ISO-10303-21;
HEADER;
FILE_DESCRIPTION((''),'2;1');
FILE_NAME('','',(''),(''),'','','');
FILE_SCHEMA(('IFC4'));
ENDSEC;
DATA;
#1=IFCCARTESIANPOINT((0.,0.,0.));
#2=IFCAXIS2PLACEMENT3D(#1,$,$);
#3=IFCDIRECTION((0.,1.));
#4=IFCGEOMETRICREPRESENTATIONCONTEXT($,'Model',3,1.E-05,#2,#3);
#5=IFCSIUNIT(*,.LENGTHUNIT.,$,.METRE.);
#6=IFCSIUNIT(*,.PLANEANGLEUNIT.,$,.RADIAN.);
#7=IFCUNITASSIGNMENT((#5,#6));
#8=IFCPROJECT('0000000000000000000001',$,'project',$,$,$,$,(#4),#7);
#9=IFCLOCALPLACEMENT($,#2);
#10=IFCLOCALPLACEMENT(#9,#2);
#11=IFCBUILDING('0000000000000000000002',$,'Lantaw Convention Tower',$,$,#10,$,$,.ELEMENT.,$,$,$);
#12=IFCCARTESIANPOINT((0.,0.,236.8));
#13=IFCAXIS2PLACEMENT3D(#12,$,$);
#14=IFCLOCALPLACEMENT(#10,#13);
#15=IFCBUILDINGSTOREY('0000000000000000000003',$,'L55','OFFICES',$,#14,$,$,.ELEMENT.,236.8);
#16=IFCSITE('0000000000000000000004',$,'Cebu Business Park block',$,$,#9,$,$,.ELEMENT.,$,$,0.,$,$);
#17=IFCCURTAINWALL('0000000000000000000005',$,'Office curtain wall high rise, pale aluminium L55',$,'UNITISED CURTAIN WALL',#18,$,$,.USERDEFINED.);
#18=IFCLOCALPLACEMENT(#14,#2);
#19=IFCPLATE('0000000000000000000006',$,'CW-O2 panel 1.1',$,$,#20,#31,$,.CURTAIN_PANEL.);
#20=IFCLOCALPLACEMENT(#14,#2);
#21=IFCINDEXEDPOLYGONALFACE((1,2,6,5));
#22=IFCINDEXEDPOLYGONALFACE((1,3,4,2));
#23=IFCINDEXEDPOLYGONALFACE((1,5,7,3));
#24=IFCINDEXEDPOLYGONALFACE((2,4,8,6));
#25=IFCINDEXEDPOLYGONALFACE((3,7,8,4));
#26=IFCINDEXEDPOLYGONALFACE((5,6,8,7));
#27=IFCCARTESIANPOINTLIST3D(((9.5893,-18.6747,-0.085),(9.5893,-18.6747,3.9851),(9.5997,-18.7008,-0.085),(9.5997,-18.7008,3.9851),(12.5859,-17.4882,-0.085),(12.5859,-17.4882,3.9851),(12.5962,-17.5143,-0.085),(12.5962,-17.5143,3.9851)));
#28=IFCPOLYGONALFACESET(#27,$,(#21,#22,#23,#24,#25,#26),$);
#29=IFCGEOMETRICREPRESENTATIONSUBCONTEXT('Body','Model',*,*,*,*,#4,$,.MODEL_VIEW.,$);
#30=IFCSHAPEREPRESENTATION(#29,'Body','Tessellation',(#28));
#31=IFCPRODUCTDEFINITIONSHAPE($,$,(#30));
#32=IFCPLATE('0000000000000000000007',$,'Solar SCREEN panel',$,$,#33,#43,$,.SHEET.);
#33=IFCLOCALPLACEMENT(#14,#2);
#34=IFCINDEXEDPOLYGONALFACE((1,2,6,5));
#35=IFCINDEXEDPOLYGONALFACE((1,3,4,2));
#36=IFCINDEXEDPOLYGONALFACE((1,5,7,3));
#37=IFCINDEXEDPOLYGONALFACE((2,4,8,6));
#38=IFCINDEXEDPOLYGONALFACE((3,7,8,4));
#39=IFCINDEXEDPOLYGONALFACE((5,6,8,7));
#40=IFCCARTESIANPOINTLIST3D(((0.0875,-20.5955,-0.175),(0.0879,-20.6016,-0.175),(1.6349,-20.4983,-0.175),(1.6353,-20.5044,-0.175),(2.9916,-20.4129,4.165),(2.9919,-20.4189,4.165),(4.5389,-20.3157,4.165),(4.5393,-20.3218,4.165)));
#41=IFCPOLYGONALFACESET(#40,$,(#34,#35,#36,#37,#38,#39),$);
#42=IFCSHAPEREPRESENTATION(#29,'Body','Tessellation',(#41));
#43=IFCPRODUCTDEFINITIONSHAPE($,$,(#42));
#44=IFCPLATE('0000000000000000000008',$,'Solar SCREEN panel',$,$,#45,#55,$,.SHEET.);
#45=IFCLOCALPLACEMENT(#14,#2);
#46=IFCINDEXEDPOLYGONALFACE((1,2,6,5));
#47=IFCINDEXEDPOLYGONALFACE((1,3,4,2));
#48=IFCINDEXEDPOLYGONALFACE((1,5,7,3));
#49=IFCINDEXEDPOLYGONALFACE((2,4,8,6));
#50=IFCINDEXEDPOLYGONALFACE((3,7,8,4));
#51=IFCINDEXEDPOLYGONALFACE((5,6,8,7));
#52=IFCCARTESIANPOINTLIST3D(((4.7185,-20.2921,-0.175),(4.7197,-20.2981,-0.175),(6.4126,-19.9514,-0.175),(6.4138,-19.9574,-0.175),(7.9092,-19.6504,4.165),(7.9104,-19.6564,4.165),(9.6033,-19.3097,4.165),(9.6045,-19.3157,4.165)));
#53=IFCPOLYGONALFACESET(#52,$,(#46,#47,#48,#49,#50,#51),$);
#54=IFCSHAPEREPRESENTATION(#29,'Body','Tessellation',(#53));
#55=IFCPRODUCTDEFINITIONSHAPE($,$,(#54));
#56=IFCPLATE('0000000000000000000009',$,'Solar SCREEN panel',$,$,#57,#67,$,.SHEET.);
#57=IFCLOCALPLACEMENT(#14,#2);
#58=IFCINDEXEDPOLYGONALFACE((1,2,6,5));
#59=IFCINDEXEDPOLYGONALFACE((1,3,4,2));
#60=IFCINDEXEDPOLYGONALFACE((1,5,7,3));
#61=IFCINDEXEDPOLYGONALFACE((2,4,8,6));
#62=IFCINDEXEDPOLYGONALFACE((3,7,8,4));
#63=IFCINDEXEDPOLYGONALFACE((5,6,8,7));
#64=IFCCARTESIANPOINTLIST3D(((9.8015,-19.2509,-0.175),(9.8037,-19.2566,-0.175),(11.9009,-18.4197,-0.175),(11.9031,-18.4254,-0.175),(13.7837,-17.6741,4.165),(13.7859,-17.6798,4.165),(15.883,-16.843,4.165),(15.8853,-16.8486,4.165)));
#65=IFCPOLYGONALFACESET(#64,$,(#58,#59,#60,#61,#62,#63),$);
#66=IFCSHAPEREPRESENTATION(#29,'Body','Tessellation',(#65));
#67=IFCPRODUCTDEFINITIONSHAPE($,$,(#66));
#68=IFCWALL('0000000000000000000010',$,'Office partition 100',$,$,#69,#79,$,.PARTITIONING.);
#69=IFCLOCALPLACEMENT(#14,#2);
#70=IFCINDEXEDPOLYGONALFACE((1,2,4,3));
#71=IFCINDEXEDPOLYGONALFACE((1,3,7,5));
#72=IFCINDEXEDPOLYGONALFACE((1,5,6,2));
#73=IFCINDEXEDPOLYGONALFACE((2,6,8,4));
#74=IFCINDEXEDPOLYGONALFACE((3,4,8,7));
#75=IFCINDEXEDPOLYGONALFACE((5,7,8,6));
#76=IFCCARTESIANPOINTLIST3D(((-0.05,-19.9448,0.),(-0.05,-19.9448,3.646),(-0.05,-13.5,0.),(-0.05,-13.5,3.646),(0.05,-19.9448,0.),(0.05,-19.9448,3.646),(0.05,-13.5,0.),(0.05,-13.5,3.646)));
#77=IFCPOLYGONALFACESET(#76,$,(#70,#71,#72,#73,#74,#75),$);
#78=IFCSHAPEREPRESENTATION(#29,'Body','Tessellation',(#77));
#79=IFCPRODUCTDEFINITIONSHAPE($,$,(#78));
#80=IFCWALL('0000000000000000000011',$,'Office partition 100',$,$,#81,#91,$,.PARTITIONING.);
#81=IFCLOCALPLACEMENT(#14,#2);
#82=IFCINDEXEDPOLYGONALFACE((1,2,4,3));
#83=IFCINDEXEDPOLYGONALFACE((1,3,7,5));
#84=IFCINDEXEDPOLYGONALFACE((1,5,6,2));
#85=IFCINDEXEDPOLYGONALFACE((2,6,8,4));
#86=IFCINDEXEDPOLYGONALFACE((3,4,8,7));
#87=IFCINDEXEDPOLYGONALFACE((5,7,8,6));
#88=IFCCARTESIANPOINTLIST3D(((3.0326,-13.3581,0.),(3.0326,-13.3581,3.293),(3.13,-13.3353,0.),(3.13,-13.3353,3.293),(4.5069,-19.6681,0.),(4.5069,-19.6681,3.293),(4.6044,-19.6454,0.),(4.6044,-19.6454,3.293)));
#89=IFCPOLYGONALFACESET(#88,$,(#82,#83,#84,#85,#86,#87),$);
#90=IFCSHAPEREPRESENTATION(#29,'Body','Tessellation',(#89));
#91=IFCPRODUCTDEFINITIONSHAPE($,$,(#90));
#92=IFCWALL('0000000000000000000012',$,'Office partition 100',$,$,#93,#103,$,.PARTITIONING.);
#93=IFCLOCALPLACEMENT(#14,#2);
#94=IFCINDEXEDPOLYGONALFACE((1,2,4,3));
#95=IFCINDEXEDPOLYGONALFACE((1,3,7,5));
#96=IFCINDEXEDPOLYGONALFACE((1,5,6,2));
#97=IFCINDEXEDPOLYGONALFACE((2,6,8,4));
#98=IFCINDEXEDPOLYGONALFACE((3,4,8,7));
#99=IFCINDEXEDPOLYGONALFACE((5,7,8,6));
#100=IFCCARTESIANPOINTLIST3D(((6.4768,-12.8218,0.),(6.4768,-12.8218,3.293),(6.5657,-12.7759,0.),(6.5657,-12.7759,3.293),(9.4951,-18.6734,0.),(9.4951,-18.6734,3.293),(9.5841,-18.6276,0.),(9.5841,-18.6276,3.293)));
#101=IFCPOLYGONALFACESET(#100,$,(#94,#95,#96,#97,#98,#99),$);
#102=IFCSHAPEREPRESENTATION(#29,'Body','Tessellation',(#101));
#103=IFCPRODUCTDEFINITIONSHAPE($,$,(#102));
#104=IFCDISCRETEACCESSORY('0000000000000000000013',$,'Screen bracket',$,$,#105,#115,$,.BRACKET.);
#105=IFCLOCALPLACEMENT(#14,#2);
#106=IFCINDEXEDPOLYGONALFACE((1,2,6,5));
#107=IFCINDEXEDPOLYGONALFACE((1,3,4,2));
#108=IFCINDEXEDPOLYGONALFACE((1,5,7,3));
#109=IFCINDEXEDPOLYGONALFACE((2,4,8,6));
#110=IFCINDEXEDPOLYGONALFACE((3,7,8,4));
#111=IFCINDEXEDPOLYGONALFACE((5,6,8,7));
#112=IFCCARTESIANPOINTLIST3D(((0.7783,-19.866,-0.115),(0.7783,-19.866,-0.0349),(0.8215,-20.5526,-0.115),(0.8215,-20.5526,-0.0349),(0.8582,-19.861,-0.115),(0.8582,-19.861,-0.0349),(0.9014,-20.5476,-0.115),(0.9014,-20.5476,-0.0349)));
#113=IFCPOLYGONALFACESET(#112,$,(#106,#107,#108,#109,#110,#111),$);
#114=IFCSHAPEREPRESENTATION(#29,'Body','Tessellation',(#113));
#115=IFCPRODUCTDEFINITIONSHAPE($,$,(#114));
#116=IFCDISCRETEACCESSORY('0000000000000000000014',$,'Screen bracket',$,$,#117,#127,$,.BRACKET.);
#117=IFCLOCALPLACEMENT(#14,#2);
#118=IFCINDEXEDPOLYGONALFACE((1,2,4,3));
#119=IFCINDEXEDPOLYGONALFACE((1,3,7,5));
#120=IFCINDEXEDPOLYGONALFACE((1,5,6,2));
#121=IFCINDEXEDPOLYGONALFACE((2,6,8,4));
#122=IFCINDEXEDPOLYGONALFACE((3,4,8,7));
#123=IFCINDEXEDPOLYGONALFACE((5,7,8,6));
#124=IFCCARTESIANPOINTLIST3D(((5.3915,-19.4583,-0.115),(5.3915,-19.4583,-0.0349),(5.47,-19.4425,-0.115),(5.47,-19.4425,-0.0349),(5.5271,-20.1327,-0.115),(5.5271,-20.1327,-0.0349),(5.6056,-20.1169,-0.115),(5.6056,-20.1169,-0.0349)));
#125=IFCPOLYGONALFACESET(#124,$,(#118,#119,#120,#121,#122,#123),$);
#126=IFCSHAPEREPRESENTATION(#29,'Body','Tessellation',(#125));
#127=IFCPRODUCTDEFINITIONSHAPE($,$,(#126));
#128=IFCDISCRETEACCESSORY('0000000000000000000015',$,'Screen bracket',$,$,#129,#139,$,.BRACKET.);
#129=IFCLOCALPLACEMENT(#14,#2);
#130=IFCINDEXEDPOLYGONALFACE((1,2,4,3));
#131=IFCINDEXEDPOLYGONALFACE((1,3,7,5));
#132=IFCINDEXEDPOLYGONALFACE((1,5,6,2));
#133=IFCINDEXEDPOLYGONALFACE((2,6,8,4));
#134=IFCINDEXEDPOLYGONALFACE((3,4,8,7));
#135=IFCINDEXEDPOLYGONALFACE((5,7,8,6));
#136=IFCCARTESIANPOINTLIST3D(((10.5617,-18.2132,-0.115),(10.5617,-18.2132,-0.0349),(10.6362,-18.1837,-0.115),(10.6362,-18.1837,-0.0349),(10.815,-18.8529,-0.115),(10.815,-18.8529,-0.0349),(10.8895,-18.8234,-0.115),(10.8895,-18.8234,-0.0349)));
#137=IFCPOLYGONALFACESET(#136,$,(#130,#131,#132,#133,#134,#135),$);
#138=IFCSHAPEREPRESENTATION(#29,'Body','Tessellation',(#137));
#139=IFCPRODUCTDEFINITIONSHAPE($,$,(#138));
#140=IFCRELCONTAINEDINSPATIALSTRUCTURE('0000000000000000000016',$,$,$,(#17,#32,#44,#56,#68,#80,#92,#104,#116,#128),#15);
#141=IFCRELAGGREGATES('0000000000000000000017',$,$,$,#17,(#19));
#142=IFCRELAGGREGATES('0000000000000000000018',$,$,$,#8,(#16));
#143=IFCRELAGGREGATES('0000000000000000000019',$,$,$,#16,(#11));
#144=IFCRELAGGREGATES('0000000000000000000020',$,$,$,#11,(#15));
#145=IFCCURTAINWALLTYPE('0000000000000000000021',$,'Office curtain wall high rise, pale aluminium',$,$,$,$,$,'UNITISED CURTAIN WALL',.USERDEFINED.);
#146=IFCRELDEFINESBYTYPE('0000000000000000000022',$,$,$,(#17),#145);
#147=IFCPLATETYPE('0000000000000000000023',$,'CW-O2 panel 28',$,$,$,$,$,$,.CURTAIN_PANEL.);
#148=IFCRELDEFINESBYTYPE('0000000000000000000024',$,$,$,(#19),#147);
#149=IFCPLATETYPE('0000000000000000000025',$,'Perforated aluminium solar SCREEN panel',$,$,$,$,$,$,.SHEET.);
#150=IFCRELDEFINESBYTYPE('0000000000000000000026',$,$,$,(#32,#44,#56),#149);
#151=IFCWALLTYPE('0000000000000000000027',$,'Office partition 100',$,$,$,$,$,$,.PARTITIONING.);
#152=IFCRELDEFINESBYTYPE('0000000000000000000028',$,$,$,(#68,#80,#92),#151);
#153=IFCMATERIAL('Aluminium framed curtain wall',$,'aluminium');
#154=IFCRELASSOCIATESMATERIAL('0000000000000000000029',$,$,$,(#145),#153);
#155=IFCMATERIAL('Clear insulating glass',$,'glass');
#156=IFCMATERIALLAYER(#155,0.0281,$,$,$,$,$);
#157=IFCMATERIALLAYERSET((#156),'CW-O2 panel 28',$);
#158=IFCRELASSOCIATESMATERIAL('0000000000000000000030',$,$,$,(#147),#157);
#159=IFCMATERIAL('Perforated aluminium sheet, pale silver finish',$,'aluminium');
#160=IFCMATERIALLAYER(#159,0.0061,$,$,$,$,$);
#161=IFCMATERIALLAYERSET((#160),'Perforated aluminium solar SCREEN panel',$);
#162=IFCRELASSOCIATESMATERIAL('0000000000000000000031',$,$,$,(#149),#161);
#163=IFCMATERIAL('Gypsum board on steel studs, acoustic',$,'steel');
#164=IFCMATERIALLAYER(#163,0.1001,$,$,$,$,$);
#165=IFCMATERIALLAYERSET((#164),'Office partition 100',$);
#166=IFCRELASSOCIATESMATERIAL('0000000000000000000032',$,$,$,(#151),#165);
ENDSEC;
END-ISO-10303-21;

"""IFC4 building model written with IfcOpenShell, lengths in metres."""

from ifc_helpers import new_model, si_unit, direction, frame, frame_2d, origin, origin_2d, place, context, subcontext, project, spatial, polyline, rectangle, outline, extrude, material, layer, layer_set, type_object, element, aggregate, save


model = new_model("IFC4")

# Units and contexts
model_context = context("Model", 3, precision=1e-05, world=origin(), true_north=direction((0.0, 1.0)))
body_context = subcontext(model_context, "Body", "Model", "MODEL_VIEW")
ifc_project = project(units=[si_unit("LENGTHUNIT", "METRE"), si_unit("PLANEANGLEUNIT", "RADIAN")], contexts=[model_context])

# Site, building, storey
site_placement = place(None, origin())
site = spatial("IfcSite", under=ifc_project, at=site_placement, Name="Cebu Business Park block", CompositionType="ELEMENT", RefElevation=0.0)
building_placement = place(site_placement, origin())
building = spatial("IfcBuilding", under=site, at=building_placement, Name="Lantaw Convention Tower", CompositionType="ELEMENT")
storey_placement = place(building_placement, frame((0.0, 0.0, 236.8)))
storey = spatial("IfcBuildingStorey", under=building, at=storey_placement, Name="L55", Description="OFFICES", CompositionType="ELEMENT", Elevation=236.8)

# Shared definitions
ifc_material_1 = material(Name="Aluminium framed curtain wall", Category="aluminium")
curtain_wall_type = type_object("IfcCurtainWallType", Name="Office curtain wall high rise, pale aluminium", ElementType="UNITISED CURTAIN WALL", PredefinedType="USERDEFINED", material=ifc_material_1)

# Curtain wall
curtain_wall_1_placement = place(storey_placement, origin())
curtain_wall_1 = element("IfcCurtainWall", 1, at=curtain_wall_1_placement, inside=storey, type_object=curtain_wall_type, Name="Office curtain wall high rise, pale aluminium L55", ObjectType="UNITISED CURTAIN WALL", PredefinedType="USERDEFINED")

# Plate
ifc_material_2 = material(Name="Clear insulating glass", Category="glass")
ifc_layer_1 = layer(ifc_material_2, 0.0281)
ifc_layer_set_1 = layer_set([ifc_layer_1], Name="CW-O2 panel 28")
plate_type_1 = type_object("IfcPlateType", Name="CW-O2 panel 28", PredefinedType="CURTAIN_PANEL", material=ifc_layer_set_1)
plate_1_placement = place(storey_placement, frame((11.0928, -18.0945, -0.085), z_axis=(0.0, 0.0, 1.0), x_axis=(0.929762, 0.368162, 0.0)))
plate_1 = element("IfcPlate", 2, at=plate_1_placement, type_object=plate_type_1, Name="CW-O2 panel 1.1", PredefinedType="CURTAIN_PANEL", context=body_context, shape_type="SweptSolid", body=[
    extrude(rectangle(XDim=3.2229, YDim=0.0281, at=origin_2d()), origin(), (0.0, 0.0, 1.0), 4.0701),
])
aggregate(curtain_wall_1, [plate_1])

# Plates
ifc_material_3 = material(Name="Perforated aluminium sheet, pale silver finish", Category="aluminium")
ifc_layer_2 = layer(ifc_material_3, 0.0061)
ifc_layer_set_2 = layer_set([ifc_layer_2], Name="Perforated aluminium solar SCREEN panel")
plate_type_2 = type_object("IfcPlateType", Name="Perforated aluminium solar SCREEN panel", PredefinedType="SHEET", material=ifc_layer_set_2)
plate_2_placement = place(storey_placement, frame((0.0879, -20.6016, -0.175), z_axis=(0.062672, -0.998034, 0.000059), x_axis=(0.998034, 0.062672, 0.0)))
element("IfcPlate", 3, at=plate_2_placement, inside=storey, type_object=plate_type_2, Name="Solar SCREEN panel", PredefinedType="SHEET", context=body_context, shape_type="SweptSolid", body=[
    extrude(outline(polyline([(0.0, 0.0), (1.5504, 0.0), (4.4602, 4.3401), (2.9098, 4.3401), (0.0, 0.0)])), origin(), (0.0, 0.0, -1.0), 0.0061),
])
plate_3_placement = place(storey_placement, frame((4.7197, -20.2981, -0.175), z_axis=(0.197162, -0.980371, 0.000011), x_axis=(0.980371, 0.197162, 0.0)))
element("IfcPlate", 4, at=plate_3_placement, inside=storey, type_object=plate_type_2, Name="Solar SCREEN panel", PredefinedType="SHEET", context=body_context, shape_type="SweptSolid", body=[
    extrude(outline(polyline([(0.0, 0.0), (1.728, 0.0), (4.9826, 4.3401), (3.2546, 4.3401), (0.0, 0.0)])), origin(), (0.0, 0.0, -1.0), 0.0061),
])
plate_4_placement = place(storey_placement, frame((9.8037, -19.2566, -0.175), z_axis=(0.368117, -0.92978, 0.000036), x_axis=(0.92978, 0.368117, 0.0)))
element("IfcPlate", 5, at=plate_4_placement, inside=storey, type_object=plate_type_2, Name="Solar SCREEN panel", PredefinedType="SHEET", context=body_context, shape_type="SweptSolid", body=[
    extrude(outline(polyline([(0.0, 0.0), (2.258, 0.0), (6.5409, 4.3401), (4.283, 4.3401), (0.0, 0.0)])), origin(), (0.0, 0.0, -1.0), 0.0061),
])

# Walls
ifc_material_4 = material(Name="Gypsum board on steel studs, acoustic", Category="steel")
ifc_layer_3 = layer(ifc_material_4, 0.1001)
ifc_layer_set_3 = layer_set([ifc_layer_3], Name="Office partition 100")
wall_type = type_object("IfcWallType", Name="Office partition 100", PredefinedType="PARTITIONING", material=ifc_layer_set_3)
wall_1_placement = place(storey_placement, frame((0.0, -19.9448, 0.0), z_axis=(0.0, 0.0, 1.0), x_axis=(0.0, 1.0, 0.0)))
element("IfcWall", 6, at=wall_1_placement, inside=storey, type_object=wall_type, Name="Office partition 100", PredefinedType="PARTITIONING", context=body_context, shape_type="SweptSolid", body=[
    extrude(rectangle(XDim=6.4448, YDim=0.1001, at=frame_2d((3.2224, 0.0))), origin(), (0.0, 0.0, 1.0), 3.646),
])
wall_2_placement = place(storey_placement, frame((4.5557, -19.6567, 0.0), z_axis=(0.0, 0.0, 1.0), x_axis=(-0.227525, 0.973772, 0.0)))
element("IfcWall", 7, at=wall_2_placement, inside=storey, type_object=wall_type, Name="Office partition 100", PredefinedType="PARTITIONING", context=body_context, shape_type="SweptSolid", body=[
    extrude(rectangle(XDim=6.48, YDim=0.1001, at=frame_2d((3.24, 0.0))), origin(), (0.0, 0.0, 1.0), 3.293),
])
wall_3_placement = place(storey_placement, frame((9.5396, -18.6504, 0.0), z_axis=(0.0, 0.0, 1.0), x_axis=(-0.458421, 0.888735, 0.0)))
element("IfcWall", 8, at=wall_3_placement, inside=storey, type_object=wall_type, Name="Office partition 100", PredefinedType="PARTITIONING", context=body_context, shape_type="SweptSolid", body=[
    extrude(rectangle(XDim=6.5842, YDim=0.1001, at=frame_2d((3.292, 0.0))), origin(), (0.0, 0.0, 1.0), 3.293),
])

# Discrete accessories
for number, where, z_axis, x_axis, name in (
    (9, (0.8398, -20.2068, -0.115), (0.0, 0.0, 1.0), (0.998029, 0.062758, 0.0), "Screen bracket"),
    (10, (5.4985, -19.7876, -0.115), (0.0, 0.0, 1.0), (0.980367, 0.197183, 0.0), "Screen bracket"),
    (11, (10.7256, -18.5183, -0.115), (0.0, 0.0, 1.0), (0.929762, 0.368162, 0.0), "Screen bracket"),
):
    element("IfcDiscreteAccessory", number, at=place(storey_placement, frame(where, z_axis=z_axis, x_axis=x_axis)), inside=storey, Name=name, PredefinedType="BRACKET", context=body_context, shape_type="SweptSolid", body=[
        extrude(rectangle(XDim=0.0801, YDim=0.688, at=origin_2d()), origin(), (0.0, 0.0, 1.0), 0.0801),
    ])

save(model, "model.ifc")
